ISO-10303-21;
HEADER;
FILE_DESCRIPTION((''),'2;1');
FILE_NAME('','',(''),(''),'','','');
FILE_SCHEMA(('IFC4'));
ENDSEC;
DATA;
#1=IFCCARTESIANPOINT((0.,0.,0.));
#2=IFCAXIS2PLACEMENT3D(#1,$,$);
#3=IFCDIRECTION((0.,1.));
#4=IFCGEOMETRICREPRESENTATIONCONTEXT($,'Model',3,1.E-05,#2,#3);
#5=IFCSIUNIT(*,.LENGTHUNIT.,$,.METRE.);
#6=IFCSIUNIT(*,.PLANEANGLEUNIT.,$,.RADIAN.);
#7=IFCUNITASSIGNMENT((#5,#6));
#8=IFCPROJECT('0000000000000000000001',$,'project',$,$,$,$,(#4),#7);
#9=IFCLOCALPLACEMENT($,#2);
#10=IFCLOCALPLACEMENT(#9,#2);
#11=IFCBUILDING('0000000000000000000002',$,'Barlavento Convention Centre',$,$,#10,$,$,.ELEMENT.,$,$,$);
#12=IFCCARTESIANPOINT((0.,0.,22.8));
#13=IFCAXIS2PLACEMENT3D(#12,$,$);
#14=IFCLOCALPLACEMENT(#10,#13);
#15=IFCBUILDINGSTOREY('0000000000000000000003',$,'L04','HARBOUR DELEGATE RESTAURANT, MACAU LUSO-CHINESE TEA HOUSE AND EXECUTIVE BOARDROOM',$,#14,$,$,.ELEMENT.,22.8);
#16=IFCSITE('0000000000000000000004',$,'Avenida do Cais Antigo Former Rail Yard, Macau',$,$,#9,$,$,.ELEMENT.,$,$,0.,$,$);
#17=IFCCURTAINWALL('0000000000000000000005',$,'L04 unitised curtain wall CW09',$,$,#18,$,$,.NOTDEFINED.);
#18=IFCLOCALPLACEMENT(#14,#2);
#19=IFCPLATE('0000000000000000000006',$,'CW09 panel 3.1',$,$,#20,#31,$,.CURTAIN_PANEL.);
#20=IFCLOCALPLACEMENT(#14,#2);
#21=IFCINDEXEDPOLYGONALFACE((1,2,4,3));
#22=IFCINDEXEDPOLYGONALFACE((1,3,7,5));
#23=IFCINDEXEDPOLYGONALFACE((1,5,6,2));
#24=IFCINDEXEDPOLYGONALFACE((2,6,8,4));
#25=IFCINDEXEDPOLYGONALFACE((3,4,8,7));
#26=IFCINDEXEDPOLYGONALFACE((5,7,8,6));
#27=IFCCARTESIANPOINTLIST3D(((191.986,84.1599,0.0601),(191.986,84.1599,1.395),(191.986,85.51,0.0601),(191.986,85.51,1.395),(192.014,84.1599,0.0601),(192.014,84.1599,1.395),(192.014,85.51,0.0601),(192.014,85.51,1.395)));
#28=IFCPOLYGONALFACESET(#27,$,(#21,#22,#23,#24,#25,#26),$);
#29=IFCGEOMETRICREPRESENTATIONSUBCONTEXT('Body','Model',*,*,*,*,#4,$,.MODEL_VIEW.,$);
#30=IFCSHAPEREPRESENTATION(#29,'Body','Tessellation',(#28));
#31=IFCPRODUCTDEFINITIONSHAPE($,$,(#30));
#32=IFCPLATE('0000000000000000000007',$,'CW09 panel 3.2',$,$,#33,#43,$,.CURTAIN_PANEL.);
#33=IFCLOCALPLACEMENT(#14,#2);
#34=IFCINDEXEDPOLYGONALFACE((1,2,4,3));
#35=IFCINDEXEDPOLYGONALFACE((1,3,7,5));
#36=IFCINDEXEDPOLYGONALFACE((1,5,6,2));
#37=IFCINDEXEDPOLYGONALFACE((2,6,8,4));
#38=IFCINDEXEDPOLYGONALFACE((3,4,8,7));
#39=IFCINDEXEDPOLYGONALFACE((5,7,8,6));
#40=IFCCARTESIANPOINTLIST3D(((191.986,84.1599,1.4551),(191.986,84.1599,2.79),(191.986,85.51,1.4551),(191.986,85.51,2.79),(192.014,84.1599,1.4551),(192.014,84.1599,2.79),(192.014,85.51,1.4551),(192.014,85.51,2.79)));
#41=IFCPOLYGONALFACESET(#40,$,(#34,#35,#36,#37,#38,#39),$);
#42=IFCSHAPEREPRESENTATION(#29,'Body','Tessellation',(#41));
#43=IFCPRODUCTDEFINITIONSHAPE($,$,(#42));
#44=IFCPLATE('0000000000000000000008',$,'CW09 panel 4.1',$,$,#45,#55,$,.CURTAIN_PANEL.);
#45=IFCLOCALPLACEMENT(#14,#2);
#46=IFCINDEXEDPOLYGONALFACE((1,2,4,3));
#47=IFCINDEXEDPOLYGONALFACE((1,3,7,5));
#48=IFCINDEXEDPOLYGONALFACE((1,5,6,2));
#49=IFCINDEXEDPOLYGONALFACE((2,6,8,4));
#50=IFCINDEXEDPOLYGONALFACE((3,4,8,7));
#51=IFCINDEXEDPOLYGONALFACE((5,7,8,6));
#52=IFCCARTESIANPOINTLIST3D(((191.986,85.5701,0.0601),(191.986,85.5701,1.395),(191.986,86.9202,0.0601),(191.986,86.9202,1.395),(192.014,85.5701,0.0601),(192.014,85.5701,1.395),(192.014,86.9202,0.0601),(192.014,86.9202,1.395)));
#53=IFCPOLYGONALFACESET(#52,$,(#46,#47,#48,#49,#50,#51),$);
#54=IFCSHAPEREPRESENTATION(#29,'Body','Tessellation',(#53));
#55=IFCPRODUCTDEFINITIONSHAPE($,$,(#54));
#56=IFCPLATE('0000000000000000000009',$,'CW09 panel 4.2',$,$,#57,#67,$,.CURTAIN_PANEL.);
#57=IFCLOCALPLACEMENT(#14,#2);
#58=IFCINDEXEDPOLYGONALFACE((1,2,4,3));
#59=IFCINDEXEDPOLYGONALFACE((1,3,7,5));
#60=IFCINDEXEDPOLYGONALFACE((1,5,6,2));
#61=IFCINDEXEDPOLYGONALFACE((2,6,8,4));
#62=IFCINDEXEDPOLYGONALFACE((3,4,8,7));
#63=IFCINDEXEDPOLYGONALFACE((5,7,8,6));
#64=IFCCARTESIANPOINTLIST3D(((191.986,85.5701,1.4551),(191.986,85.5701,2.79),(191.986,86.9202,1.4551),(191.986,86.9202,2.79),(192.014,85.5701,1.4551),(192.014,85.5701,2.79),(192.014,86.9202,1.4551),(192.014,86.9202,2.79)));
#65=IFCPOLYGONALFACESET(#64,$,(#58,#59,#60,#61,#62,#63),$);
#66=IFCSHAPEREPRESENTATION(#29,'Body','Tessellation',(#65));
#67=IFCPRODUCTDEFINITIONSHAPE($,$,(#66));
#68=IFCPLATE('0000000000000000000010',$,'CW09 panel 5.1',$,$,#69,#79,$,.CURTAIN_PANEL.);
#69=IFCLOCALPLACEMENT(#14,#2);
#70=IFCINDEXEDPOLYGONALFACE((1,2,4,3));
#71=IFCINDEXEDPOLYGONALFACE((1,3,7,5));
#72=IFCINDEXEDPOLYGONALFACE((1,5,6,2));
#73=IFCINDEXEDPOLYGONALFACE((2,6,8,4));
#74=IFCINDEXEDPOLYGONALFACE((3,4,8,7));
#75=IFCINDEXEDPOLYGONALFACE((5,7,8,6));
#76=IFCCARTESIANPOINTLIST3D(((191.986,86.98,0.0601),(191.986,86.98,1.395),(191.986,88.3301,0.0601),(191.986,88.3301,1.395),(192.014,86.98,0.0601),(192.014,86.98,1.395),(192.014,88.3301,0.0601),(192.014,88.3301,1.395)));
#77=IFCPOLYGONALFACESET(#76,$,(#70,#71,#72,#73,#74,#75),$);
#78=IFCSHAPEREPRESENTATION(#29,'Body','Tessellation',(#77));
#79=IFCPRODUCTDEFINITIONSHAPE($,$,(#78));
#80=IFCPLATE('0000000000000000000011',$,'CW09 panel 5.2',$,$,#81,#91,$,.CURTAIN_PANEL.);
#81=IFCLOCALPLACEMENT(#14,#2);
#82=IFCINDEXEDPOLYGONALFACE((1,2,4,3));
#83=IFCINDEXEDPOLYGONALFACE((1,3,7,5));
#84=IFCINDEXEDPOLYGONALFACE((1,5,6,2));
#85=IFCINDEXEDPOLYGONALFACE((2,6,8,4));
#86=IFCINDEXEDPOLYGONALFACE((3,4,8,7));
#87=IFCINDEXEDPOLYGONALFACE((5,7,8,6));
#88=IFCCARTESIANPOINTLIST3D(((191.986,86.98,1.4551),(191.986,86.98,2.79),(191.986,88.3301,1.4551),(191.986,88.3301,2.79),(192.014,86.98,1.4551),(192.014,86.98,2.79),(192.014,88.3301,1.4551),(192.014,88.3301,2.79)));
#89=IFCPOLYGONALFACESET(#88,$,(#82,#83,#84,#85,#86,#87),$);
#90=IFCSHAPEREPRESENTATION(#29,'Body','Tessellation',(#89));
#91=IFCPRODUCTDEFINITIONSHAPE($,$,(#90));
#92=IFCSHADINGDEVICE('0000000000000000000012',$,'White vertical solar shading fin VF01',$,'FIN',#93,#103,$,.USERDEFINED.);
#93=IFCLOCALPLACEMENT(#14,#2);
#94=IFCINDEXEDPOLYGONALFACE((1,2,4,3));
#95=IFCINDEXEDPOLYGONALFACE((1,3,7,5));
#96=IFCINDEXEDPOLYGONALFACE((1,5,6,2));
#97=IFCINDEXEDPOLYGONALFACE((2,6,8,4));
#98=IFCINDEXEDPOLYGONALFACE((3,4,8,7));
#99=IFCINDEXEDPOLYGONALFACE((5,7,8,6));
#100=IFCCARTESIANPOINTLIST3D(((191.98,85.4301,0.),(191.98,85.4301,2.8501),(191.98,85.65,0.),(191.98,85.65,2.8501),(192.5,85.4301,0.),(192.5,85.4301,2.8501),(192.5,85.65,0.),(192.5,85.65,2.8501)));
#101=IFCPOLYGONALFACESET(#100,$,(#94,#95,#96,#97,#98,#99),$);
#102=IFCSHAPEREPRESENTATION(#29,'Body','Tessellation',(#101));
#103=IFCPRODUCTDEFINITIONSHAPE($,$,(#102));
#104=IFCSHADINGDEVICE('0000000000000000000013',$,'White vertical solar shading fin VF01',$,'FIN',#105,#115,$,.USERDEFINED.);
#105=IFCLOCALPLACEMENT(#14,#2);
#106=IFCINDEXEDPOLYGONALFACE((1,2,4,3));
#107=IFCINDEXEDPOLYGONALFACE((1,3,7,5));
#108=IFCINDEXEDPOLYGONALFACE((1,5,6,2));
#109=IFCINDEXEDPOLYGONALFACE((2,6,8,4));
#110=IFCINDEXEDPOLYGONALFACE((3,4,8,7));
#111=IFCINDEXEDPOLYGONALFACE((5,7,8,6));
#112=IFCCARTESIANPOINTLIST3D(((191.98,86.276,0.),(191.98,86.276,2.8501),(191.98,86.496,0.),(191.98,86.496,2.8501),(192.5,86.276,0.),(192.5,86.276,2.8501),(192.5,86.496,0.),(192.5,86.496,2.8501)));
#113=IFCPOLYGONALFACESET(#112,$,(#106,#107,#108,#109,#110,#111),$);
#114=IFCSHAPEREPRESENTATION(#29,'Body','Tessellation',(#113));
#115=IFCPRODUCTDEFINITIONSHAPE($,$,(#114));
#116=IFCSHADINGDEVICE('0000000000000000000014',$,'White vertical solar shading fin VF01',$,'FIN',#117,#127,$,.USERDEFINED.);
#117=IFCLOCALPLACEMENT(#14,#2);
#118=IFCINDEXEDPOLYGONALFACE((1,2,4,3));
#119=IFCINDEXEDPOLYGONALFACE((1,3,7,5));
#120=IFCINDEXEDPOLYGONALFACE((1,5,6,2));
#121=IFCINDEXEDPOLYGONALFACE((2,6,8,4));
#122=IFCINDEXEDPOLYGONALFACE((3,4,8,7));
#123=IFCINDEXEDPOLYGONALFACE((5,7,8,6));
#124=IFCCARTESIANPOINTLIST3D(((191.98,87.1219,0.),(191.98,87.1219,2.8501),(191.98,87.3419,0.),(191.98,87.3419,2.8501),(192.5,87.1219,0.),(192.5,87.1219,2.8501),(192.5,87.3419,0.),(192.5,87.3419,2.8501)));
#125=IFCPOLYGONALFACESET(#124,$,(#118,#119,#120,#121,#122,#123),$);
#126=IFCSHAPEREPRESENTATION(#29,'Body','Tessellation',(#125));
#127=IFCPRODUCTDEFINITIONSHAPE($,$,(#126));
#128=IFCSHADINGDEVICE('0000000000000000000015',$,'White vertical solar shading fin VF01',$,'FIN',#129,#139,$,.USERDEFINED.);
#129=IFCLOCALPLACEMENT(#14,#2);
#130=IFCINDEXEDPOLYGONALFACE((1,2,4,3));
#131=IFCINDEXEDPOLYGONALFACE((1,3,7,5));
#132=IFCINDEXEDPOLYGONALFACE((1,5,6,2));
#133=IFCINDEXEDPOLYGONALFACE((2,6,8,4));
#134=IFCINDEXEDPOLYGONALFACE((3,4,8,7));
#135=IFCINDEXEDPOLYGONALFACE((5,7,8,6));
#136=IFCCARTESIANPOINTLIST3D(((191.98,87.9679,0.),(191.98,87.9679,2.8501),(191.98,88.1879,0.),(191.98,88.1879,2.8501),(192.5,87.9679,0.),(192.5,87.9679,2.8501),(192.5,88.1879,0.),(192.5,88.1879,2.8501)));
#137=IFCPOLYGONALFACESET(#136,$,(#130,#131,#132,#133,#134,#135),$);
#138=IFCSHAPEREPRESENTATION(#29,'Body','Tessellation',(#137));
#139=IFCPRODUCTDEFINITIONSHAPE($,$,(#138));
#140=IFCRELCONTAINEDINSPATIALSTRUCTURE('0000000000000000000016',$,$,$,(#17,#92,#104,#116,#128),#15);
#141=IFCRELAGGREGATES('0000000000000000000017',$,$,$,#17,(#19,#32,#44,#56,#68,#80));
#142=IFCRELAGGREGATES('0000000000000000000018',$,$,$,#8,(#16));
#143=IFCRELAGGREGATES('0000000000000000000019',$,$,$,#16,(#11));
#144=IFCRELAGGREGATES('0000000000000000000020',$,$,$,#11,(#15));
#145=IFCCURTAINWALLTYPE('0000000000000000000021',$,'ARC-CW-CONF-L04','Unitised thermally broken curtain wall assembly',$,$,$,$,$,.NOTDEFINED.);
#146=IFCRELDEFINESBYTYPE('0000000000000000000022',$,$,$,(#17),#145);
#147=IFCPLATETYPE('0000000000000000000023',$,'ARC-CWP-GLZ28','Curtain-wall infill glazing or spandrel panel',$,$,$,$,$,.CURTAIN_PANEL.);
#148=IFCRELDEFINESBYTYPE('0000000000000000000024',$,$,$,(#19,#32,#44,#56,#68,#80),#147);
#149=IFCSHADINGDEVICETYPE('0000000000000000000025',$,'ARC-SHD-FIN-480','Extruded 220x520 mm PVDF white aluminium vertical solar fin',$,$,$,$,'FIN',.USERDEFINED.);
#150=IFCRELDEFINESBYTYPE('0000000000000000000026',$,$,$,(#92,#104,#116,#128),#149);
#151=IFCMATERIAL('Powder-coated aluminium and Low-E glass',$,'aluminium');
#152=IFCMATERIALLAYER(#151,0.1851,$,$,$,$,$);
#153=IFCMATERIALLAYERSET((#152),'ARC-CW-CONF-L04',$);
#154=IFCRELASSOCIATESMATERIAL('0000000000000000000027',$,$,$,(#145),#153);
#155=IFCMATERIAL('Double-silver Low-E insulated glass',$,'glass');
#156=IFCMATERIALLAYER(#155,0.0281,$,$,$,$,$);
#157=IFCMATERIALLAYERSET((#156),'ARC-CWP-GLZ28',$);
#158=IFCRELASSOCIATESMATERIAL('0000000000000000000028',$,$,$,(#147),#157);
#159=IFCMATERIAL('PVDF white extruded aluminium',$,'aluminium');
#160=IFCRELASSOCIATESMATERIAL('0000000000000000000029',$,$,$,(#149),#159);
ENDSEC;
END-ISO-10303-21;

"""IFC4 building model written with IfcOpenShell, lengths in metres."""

from ifc_helpers import new_model, si_unit, direction, frame, origin, origin_2d, place, context, subcontext, project, spatial, rectangle, extrude, material, layer, layer_set, type_object, element, aggregate, save


model = new_model("IFC4")

# Units and contexts
model_context = context("Model", 3, precision=1e-05, world=origin(), true_north=direction((0.0, 1.0)))
body_context = subcontext(model_context, "Body", "Model", "MODEL_VIEW")
ifc_project = project(units=[si_unit("LENGTHUNIT", "METRE"), si_unit("PLANEANGLEUNIT", "RADIAN")], contexts=[model_context])

# Site, building, storey
site_placement = place(None, origin())
site = spatial("IfcSite", under=ifc_project, at=site_placement, Name="Avenida do Cais Antigo Former Rail Yard, Macau", CompositionType="ELEMENT", RefElevation=0.0)
building_placement = place(site_placement, origin())
building = spatial("IfcBuilding", under=site, at=building_placement, Name="Barlavento Convention Centre", CompositionType="ELEMENT")
storey_placement = place(building_placement, frame((0.0, 0.0, 22.8)))
storey = spatial("IfcBuildingStorey", under=building, at=storey_placement, Name="L04", Description="HARBOUR DELEGATE RESTAURANT, MACAU LUSO-CHINESE TEA HOUSE AND EXECUTIVE BOARDROOM", CompositionType="ELEMENT", Elevation=22.8)

# Curtain wall, plates
ifc_material_1 = material(Name="Powder-coated aluminium and Low-E glass", Category="aluminium")
ifc_layer_1 = layer(ifc_material_1, 0.1851)
ifc_layer_set_1 = layer_set([ifc_layer_1], Name="ARC-CW-CONF-L04")
curtain_wall_type = type_object("IfcCurtainWallType", Name="ARC-CW-CONF-L04", Description="Unitised thermally broken curtain wall assembly", PredefinedType="NOTDEFINED", material=ifc_layer_set_1)
curtain_wall_placement = place(storey_placement, origin())
curtain_wall = element("IfcCurtainWall", 1, at=curtain_wall_placement, inside=storey, type_object=curtain_wall_type, Name="L04 unitised curtain wall CW09", PredefinedType="NOTDEFINED")
ifc_material_2 = material(Name="Double-silver Low-E insulated glass", Category="glass")
ifc_layer_2 = layer(ifc_material_2, 0.0281)
ifc_layer_set_2 = layer_set([ifc_layer_2], Name="ARC-CWP-GLZ28")
plate_type = type_object("IfcPlateType", Name="ARC-CWP-GLZ28", Description="Curtain-wall infill glazing or spandrel panel", PredefinedType="CURTAIN_PANEL", material=ifc_layer_set_2)
plate_1_placement = place(storey_placement, frame((192.0, 84.835, 0.0601), z_axis=(0.0, 0.0, 1.0), x_axis=(0.0, 1.0, 0.0)))
plate_1 = element("IfcPlate", 2, at=plate_1_placement, type_object=plate_type, Name="CW09 panel 3.1", PredefinedType="CURTAIN_PANEL", context=body_context, shape_type="SweptSolid", body=[
    extrude(rectangle(XDim=1.3501, YDim=0.0281, at=origin_2d()), origin(), (0.0, 0.0, 1.0), 1.335),
])
plate_2_placement = place(storey_placement, frame((192.0, 84.835, 1.4551), z_axis=(0.0, 0.0, 1.0), x_axis=(0.0, 1.0, 0.0)))
plate_2 = element("IfcPlate", 3, at=plate_2_placement, type_object=plate_type, Name="CW09 panel 3.2", PredefinedType="CURTAIN_PANEL", context=body_context, shape_type="SweptSolid", body=[
    extrude(rectangle(XDim=1.3501, YDim=0.0281, at=origin_2d()), origin(), (0.0, 0.0, 1.0), 1.335),
])
plate_3_placement = place(storey_placement, frame((192.0, 86.2451, 0.0601), z_axis=(0.0, 0.0, 1.0), x_axis=(0.0, 1.0, 0.0)))
plate_3 = element("IfcPlate", 4, at=plate_3_placement, type_object=plate_type, Name="CW09 panel 4.1", PredefinedType="CURTAIN_PANEL", context=body_context, shape_type="SweptSolid", body=[
    extrude(rectangle(XDim=1.3501, YDim=0.0281, at=origin_2d()), origin(), (0.0, 0.0, 1.0), 1.335),
])
plate_4_placement = place(storey_placement, frame((192.0, 86.2451, 1.4551), z_axis=(0.0, 0.0, 1.0), x_axis=(0.0, 1.0, 0.0)))
plate_4 = element("IfcPlate", 5, at=plate_4_placement, type_object=plate_type, Name="CW09 panel 4.2", PredefinedType="CURTAIN_PANEL", context=body_context, shape_type="SweptSolid", body=[
    extrude(rectangle(XDim=1.3501, YDim=0.0281, at=origin_2d()), origin(), (0.0, 0.0, 1.0), 1.335),
])
plate_5_placement = place(storey_placement, frame((192.0, 87.655, 0.0601), z_axis=(0.0, 0.0, 1.0), x_axis=(0.0, 1.0, 0.0)))
plate_5 = element("IfcPlate", 6, at=plate_5_placement, type_object=plate_type, Name="CW09 panel 5.1", PredefinedType="CURTAIN_PANEL", context=body_context, shape_type="SweptSolid", body=[
    extrude(rectangle(XDim=1.3501, YDim=0.0281, at=origin_2d()), origin(), (0.0, 0.0, 1.0), 1.335),
])
plate_6_placement = place(storey_placement, frame((192.0, 87.655, 1.4551), z_axis=(0.0, 0.0, 1.0), x_axis=(0.0, 1.0, 0.0)))
plate_6 = element("IfcPlate", 7, at=plate_6_placement, type_object=plate_type, Name="CW09 panel 5.2", PredefinedType="CURTAIN_PANEL", context=body_context, shape_type="SweptSolid", body=[
    extrude(rectangle(XDim=1.3501, YDim=0.0281, at=origin_2d()), origin(), (0.0, 0.0, 1.0), 1.335),
])
aggregate(curtain_wall, [plate_1, plate_2, plate_3, plate_4, plate_5, plate_6])

# Shading devices
ifc_material_3 = material(Name="PVDF white extruded aluminium", Category="aluminium")
shading_device_type = type_object("IfcShadingDeviceType", Name="ARC-SHD-FIN-480", Description="Extruded 220x520 mm PVDF white aluminium vertical solar fin", ElementType="FIN", PredefinedType="USERDEFINED", material=ifc_material_3)
for number, where, z_axis, x_axis, name in (
    (8, (192.24, 85.54, 0.0), (0.0, 0.0, 1.0), (0.0, 1.0, 0.0), "White vertical solar shading fin VF01"),
    (9, (192.24, 86.386, 0.0), (0.0, 0.0, 1.0), (0.0, 1.0, 0.0), "White vertical solar shading fin VF01"),
    (10, (192.24, 87.2319, 0.0), (0.0, 0.0, 1.0), (0.0, 1.0, 0.0), "White vertical solar shading fin VF01"),
    (11, (192.24, 88.0779, 0.0), (0.0, 0.0, 1.0), (0.0, 1.0, 0.0), "White vertical solar shading fin VF01"),
):
    element("IfcShadingDevice", number, at=place(storey_placement, frame(where, z_axis=z_axis, x_axis=x_axis)), inside=storey, type_object=shading_device_type, Name=name, ObjectType="FIN", PredefinedType="USERDEFINED", context=body_context, shape_type="SweptSolid", body=[
        extrude(rectangle(XDim=0.22, YDim=0.52, at=origin_2d()), origin(), (0.0, 0.0, 1.0), 2.8501),
    ])

save(model, "model.ifc")
